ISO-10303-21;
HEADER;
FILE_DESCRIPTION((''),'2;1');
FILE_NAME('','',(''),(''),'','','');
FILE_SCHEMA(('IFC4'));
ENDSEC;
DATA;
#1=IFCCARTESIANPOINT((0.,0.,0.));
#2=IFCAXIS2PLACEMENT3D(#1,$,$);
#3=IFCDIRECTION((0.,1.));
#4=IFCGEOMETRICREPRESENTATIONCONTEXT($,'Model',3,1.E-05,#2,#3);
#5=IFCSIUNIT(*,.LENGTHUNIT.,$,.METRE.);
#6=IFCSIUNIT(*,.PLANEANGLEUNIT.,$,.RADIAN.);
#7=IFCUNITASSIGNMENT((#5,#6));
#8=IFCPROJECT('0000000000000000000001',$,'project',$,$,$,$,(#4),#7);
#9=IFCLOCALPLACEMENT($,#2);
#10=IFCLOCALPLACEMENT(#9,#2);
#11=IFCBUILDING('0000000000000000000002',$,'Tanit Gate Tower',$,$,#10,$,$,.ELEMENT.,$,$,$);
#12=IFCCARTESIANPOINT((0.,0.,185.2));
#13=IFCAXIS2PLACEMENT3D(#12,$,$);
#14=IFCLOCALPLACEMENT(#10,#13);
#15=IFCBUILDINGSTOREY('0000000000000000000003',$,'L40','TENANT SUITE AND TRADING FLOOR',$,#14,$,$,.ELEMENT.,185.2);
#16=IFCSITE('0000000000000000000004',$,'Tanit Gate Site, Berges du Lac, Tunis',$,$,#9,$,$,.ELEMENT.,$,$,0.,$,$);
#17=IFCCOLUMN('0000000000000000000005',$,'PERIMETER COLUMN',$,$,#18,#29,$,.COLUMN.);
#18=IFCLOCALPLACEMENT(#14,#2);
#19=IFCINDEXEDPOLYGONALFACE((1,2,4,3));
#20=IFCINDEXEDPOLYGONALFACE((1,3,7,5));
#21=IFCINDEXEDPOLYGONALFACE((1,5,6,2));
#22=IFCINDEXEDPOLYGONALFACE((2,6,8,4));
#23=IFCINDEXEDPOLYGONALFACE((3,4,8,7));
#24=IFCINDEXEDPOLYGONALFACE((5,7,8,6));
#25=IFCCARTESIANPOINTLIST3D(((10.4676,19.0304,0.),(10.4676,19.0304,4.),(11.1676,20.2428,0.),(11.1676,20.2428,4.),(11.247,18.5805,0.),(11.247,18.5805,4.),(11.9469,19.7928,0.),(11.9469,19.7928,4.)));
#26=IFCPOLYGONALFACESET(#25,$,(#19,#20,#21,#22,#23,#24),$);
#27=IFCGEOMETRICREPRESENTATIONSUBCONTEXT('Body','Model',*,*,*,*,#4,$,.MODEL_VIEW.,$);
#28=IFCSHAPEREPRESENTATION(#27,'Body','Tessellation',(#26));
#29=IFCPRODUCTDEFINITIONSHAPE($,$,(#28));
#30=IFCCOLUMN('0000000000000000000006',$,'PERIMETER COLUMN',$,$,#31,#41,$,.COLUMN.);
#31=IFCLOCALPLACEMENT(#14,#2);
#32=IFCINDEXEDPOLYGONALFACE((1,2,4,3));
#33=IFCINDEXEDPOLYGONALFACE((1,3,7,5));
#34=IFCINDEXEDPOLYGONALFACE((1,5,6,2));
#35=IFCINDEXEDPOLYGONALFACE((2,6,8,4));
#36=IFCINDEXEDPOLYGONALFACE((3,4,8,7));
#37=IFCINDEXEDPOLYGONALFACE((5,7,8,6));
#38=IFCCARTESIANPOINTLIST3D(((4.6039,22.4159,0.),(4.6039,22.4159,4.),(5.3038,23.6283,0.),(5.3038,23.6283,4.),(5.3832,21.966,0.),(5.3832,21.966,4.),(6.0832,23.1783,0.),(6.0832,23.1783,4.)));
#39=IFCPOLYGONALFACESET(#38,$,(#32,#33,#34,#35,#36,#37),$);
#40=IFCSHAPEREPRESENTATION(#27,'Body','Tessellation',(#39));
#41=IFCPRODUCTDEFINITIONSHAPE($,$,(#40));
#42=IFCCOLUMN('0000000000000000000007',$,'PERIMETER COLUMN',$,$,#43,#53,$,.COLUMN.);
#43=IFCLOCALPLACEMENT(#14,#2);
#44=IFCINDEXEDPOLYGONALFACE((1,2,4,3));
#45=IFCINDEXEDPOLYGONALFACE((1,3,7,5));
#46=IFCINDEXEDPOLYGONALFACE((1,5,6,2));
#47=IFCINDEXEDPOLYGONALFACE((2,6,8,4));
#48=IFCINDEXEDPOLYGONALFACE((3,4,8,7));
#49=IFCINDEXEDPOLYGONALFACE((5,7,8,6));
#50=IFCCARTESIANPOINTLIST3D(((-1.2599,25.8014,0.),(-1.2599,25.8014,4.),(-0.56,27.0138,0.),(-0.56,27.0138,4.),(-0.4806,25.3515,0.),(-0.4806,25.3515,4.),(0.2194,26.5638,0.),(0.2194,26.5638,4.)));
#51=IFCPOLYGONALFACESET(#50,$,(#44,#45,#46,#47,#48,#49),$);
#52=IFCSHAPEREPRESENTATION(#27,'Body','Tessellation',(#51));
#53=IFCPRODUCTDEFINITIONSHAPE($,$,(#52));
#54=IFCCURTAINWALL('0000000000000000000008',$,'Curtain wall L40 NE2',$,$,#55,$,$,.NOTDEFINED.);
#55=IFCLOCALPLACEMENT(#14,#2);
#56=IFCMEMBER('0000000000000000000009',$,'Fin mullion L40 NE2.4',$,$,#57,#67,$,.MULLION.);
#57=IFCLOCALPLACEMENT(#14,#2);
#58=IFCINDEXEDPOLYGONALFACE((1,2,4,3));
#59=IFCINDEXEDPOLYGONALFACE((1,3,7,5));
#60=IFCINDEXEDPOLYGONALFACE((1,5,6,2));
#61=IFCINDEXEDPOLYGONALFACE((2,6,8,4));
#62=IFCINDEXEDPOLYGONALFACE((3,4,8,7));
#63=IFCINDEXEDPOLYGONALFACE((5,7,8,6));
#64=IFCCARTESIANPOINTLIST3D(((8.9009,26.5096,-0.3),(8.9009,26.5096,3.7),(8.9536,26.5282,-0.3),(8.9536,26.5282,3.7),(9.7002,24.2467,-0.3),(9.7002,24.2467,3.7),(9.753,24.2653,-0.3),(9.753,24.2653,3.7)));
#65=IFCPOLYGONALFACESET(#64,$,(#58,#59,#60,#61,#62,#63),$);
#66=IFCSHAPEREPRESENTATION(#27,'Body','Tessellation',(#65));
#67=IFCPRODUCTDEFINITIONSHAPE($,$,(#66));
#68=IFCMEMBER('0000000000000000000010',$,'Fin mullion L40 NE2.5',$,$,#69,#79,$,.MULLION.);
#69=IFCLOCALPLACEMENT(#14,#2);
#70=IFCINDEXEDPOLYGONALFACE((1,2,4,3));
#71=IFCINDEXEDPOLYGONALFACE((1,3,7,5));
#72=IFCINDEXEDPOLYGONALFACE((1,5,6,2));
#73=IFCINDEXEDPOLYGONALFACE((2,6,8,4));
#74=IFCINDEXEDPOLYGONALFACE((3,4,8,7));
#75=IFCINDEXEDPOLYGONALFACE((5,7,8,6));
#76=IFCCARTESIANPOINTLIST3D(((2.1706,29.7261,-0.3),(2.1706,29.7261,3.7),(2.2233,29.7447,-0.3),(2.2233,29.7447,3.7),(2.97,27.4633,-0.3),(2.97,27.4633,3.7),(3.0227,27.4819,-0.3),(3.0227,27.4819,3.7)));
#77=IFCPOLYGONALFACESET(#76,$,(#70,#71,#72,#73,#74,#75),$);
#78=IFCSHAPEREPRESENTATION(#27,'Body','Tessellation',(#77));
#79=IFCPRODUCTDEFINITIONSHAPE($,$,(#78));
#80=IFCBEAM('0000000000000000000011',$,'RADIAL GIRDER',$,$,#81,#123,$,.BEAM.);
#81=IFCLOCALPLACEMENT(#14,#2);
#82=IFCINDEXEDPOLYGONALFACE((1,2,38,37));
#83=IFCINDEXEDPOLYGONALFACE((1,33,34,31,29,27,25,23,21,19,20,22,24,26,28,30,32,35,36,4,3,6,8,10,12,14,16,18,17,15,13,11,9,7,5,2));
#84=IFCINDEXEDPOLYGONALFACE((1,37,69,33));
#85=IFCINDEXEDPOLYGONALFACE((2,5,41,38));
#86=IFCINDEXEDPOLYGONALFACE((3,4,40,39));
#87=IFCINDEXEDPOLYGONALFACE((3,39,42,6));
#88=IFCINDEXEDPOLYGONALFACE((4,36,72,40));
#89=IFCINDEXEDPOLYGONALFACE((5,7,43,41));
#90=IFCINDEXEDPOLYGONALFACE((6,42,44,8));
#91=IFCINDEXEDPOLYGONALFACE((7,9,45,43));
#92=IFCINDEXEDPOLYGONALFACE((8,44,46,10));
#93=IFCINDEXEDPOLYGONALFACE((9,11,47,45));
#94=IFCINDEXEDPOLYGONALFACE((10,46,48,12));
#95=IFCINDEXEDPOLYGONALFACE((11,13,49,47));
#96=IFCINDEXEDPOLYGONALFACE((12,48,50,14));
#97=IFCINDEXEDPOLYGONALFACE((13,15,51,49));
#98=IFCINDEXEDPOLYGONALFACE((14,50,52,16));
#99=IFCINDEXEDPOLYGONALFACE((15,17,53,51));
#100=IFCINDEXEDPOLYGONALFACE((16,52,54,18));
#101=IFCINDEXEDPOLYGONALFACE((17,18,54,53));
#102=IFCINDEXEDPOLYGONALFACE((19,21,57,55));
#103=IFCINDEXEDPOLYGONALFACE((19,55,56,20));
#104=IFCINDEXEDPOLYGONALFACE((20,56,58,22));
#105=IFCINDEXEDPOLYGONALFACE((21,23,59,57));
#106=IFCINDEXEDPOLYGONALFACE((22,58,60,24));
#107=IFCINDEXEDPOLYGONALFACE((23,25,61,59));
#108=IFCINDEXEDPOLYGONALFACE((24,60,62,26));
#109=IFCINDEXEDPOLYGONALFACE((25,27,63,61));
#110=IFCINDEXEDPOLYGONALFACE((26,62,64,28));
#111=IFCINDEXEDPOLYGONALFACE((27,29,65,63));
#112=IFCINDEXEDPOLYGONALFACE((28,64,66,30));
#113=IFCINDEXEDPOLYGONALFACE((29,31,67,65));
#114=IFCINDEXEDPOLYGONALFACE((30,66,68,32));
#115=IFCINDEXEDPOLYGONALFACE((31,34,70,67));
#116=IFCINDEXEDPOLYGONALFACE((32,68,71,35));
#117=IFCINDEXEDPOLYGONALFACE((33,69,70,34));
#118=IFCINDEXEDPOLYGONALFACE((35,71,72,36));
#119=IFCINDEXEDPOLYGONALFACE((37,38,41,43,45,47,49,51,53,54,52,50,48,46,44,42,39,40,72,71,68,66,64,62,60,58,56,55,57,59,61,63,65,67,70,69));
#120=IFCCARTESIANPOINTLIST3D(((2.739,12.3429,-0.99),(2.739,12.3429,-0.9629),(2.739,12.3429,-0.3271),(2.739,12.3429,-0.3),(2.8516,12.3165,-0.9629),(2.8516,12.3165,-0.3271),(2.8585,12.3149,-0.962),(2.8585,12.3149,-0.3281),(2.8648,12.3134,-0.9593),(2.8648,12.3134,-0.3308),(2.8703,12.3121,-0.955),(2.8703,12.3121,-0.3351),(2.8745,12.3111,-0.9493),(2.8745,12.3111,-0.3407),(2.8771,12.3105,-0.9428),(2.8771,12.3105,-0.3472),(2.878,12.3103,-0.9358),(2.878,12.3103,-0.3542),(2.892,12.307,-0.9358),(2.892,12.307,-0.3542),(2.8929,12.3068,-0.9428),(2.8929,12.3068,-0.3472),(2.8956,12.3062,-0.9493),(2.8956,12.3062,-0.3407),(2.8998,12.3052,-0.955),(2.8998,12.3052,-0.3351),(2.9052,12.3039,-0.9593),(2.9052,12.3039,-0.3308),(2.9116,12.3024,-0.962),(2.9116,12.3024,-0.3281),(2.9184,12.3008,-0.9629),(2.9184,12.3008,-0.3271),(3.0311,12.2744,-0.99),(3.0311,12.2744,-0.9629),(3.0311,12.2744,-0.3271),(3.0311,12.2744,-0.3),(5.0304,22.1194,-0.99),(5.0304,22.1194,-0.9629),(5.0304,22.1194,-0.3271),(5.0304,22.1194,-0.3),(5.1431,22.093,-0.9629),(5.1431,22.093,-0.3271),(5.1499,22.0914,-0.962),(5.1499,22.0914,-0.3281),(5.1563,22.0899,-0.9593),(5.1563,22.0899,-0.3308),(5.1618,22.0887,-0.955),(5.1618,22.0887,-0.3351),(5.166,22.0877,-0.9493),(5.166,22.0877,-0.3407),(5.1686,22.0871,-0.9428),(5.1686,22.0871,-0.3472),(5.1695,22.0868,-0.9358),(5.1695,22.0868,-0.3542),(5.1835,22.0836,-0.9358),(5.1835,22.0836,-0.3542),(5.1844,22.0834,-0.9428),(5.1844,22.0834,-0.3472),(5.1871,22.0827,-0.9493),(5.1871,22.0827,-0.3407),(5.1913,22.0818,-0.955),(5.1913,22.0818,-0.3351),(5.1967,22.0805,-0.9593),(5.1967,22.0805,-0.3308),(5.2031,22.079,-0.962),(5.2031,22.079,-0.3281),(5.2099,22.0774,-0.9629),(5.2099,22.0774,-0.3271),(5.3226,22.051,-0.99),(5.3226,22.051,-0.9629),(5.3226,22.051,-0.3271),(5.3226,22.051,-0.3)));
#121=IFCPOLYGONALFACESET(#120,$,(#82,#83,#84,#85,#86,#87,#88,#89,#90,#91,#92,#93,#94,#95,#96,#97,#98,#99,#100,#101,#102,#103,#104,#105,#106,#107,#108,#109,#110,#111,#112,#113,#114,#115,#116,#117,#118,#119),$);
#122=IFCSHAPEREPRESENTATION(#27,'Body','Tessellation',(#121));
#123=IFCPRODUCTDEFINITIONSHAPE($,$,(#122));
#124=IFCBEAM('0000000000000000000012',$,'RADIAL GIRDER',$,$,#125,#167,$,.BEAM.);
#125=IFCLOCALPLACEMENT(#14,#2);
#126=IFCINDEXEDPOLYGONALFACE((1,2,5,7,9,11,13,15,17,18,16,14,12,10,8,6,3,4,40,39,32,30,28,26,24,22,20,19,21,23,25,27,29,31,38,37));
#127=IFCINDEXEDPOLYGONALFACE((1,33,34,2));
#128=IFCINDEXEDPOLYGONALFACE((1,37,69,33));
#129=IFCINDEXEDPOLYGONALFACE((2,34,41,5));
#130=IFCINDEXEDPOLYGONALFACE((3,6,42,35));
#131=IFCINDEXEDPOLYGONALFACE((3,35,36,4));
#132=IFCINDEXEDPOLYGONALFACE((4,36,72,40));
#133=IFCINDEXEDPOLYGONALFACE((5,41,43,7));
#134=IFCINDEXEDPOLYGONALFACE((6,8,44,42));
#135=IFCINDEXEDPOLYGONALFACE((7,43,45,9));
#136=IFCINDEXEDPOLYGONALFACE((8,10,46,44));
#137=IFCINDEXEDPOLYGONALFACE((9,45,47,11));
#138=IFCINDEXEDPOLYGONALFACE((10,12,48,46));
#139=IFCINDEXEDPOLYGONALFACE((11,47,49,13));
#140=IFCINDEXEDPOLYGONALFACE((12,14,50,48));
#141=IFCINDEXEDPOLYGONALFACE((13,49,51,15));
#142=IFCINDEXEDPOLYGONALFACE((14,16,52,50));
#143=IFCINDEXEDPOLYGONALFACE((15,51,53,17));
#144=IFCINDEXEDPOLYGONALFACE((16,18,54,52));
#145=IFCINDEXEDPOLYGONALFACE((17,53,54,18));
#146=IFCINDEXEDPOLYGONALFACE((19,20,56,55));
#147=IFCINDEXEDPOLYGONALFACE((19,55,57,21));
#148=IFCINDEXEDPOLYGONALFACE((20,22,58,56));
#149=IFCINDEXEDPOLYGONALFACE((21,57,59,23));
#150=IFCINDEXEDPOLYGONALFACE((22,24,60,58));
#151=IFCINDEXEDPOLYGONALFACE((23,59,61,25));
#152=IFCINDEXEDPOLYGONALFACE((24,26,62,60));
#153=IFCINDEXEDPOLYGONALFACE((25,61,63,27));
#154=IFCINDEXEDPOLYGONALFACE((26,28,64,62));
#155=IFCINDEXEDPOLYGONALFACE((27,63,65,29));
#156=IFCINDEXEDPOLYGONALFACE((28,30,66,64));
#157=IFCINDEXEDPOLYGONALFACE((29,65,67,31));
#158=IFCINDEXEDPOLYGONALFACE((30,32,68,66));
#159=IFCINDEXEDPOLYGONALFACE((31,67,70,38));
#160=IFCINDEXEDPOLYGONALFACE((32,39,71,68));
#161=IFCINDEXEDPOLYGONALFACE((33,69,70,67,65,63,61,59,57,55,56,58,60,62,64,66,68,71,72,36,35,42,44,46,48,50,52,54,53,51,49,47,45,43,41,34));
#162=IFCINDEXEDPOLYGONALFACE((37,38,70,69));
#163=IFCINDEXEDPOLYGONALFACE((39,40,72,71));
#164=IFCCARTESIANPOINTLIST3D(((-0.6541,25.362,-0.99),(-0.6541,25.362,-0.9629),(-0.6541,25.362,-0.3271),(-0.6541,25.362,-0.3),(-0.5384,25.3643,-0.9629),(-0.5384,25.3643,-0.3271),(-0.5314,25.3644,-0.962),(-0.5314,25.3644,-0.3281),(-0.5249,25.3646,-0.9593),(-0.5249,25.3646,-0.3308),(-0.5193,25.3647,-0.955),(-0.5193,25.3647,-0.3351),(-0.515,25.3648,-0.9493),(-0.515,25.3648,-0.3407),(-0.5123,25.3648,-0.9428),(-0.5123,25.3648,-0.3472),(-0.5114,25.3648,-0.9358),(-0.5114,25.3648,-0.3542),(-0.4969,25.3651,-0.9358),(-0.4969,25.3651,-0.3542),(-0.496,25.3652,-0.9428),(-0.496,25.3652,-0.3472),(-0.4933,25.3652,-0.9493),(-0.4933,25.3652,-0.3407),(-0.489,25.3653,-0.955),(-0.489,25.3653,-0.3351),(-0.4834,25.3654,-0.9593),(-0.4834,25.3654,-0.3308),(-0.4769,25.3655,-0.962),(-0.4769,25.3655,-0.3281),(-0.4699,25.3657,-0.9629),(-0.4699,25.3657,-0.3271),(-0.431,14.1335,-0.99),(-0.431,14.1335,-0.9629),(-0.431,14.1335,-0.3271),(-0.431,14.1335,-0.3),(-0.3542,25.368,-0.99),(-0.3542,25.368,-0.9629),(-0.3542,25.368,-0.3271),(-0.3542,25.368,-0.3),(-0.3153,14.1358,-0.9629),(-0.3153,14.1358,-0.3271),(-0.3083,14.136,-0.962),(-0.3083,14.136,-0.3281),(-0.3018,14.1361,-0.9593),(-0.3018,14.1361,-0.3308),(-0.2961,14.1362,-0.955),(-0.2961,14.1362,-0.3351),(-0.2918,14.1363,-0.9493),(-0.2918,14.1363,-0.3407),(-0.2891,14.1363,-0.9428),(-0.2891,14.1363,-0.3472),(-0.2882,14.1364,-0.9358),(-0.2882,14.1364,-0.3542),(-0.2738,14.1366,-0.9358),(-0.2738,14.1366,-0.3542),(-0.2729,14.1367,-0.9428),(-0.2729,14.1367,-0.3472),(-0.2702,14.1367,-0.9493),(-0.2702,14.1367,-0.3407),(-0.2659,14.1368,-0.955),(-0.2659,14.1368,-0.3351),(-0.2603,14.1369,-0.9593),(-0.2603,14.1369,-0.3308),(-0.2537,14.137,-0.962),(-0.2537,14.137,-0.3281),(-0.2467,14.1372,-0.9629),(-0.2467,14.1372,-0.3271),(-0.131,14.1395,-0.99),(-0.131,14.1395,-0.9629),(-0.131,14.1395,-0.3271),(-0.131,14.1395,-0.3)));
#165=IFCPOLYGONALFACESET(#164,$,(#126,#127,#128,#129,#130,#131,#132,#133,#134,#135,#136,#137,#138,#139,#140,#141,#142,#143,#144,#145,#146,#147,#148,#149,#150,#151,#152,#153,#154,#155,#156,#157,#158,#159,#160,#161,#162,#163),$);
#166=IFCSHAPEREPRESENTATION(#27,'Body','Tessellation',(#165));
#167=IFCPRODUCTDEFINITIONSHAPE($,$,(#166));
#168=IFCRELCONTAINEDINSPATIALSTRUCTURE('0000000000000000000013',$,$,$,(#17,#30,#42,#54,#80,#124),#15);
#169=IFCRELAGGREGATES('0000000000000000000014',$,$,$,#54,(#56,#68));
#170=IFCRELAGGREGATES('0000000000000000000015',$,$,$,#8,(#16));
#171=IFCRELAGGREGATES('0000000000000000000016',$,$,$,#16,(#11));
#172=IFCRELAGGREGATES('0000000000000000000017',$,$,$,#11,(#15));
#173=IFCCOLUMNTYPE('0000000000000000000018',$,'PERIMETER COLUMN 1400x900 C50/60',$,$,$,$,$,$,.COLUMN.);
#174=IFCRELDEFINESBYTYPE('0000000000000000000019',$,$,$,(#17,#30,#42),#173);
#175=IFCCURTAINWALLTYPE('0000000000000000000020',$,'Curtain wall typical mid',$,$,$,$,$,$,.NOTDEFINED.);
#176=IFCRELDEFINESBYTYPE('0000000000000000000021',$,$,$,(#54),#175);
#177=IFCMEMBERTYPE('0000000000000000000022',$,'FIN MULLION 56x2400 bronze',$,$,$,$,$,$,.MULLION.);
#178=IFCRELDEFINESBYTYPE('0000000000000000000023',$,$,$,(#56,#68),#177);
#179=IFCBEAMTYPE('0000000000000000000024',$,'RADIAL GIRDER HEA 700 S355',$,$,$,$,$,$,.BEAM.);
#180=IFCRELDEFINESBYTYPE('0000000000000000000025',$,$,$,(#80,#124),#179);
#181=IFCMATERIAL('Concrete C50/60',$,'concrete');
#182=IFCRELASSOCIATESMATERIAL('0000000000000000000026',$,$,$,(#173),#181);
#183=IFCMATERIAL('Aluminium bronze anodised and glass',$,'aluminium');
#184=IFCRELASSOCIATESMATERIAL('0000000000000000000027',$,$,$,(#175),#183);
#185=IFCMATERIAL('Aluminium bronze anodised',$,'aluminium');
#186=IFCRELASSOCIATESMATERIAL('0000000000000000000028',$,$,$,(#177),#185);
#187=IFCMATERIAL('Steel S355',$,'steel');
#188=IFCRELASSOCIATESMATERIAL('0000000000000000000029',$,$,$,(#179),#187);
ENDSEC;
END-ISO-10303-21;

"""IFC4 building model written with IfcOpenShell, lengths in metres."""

from ifc_helpers import new_model, si_unit, direction, frame, origin, origin_2d, place, context, subcontext, project, spatial, rectangle, i_section, extrude, material, material_profile, profile_set, type_object, element, aggregate, save


model = new_model("IFC4")

# Units and contexts
model_context = context("Model", 3, precision=1e-05, world=origin(), true_north=direction((0.0, 1.0)))
body_context = subcontext(model_context, "Body", "Model", "MODEL_VIEW")
ifc_project = project(units=[si_unit("LENGTHUNIT", "METRE"), si_unit("PLANEANGLEUNIT", "RADIAN")], contexts=[model_context])

# Site, building, storey
site_placement = place(None, origin())
site = spatial("IfcSite", under=ifc_project, at=site_placement, Name="Tanit Gate Site, Berges du Lac, Tunis", CompositionType="ELEMENT", RefElevation=0.0)
building_placement = place(site_placement, origin())
building = spatial("IfcBuilding", under=site, at=building_placement, Name="Tanit Gate Tower", CompositionType="ELEMENT")
storey_placement = place(building_placement, frame((0.0, 0.0, 185.2)))
storey = spatial("IfcBuildingStorey", under=building, at=storey_placement, Name="L40", Description="TENANT SUITE AND TRADING FLOOR", CompositionType="ELEMENT", Elevation=185.2)

# Columns
ifc_material_1 = material(Name="Concrete C50/60", Category="concrete")
ifc_material_profile_1 = material_profile(ifc_material_1, rectangle(XDim=1.3999, YDim=0.8999, at=origin_2d()), Name="RC 1400x900")
ifc_profile_set_1 = profile_set([ifc_material_profile_1], Name="Concrete C50/60")
column_type = type_object("IfcColumnType", Name="PERIMETER COLUMN 1400x900 C50/60", PredefinedType="COLUMN", material=ifc_profile_set_1)
for number, where, z_axis, x_axis, name in (
    (1, (11.2073, 19.4116, 0.0), (0.0, 0.0, 1.0), (0.5, 0.866025, 0.0), "PERIMETER COLUMN"),
    (2, (5.3435, 22.7971, 0.0), (0.0, 0.0, 1.0), (0.5, 0.866025, 0.0), "PERIMETER COLUMN"),
    (3, (-0.5203, 26.1826, 0.0), (0.0, 0.0, 1.0), (0.5, 0.866025, 0.0), "PERIMETER COLUMN"),
):
    element("IfcColumn", number, at=place(storey_placement, frame(where, z_axis=z_axis, x_axis=x_axis)), inside=storey, type_object=column_type, Name=name, PredefinedType="COLUMN", context=body_context, shape_type="SweptSolid", body=[
        extrude(rectangle(XDim=1.3999, YDim=0.8999, at=origin_2d()), origin(), (0.0, 0.0, 1.0), 4.0),
    ])

# Curtain wall, members
ifc_material_2 = material(Name="Aluminium bronze anodised and glass", Category="aluminium")
curtain_wall_type = type_object("IfcCurtainWallType", Name="Curtain wall typical mid", PredefinedType="NOTDEFINED", material=ifc_material_2)
curtain_wall_placement = place(storey_placement, origin())
curtain_wall = element("IfcCurtainWall", 4, at=curtain_wall_placement, inside=storey, type_object=curtain_wall_type, Name="Curtain wall L40 NE2", PredefinedType="NOTDEFINED")
ifc_material_3 = material(Name="Aluminium bronze anodised", Category="aluminium")
ifc_material_profile_2 = material_profile(ifc_material_3, rectangle(XDim=2.3999, YDim=0.0559, at=origin_2d()), Name="56x2400 bronze fin mullion")
ifc_profile_set_2 = profile_set([ifc_material_profile_2], Name="Aluminium bronze anodised")
member_type_1 = type_object("IfcMemberType", Name="FIN MULLION 56x2400 bronze", PredefinedType="MULLION", material=ifc_profile_set_2)
member_1_placement = place(storey_placement, frame((9.3269, 25.3875, -0.3), z_axis=(0.0, 0.0, 1.0), x_axis=(0.33309, -0.942895, 0.0)))
member_1 = element("IfcMember", 5, at=member_1_placement, type_object=member_type_1, Name="Fin mullion L40 NE2.4", PredefinedType="MULLION", context=body_context, shape_type="SweptSolid", body=[
    extrude(rectangle(XDim=2.3999, YDim=0.0559, at=origin_2d()), origin(), (0.0, 0.0, 1.0), 4.0),
])
member_2_placement = place(storey_placement, frame((2.5967, 28.604, -0.3), z_axis=(0.0, 0.0, 1.0), x_axis=(0.33309, -0.942895, 0.0)))
member_2 = element("IfcMember", 6, at=member_2_placement, type_object=member_type_1, Name="Fin mullion L40 NE2.5", PredefinedType="MULLION", context=body_context, shape_type="SweptSolid", body=[
    extrude(rectangle(XDim=2.3999, YDim=0.0559, at=origin_2d()), origin(), (0.0, 0.0, 1.0), 4.0),
])

# Beams
ifc_material_4 = material(Name="Steel S355", Category="steel")
ifc_material_profile_3 = material_profile(ifc_material_4, i_section(OverallWidth=0.3, OverallDepth=0.6899, WebThickness=0.0144, FlangeThickness=0.0271, FilletRadius=0.0271, at=origin_2d()), Name="HEA 700")
ifc_profile_set_3 = profile_set([ifc_material_profile_3], Name="Steel S355")
beam_type_1 = type_object("IfcBeamType", Name="RADIAL GIRDER HEA 700 S355", PredefinedType="BEAM", material=ifc_profile_set_3)
beam_1_placement = place(storey_placement, frame((5.1765, 22.0852, -0.645), z_axis=(-0.228202, -0.973614, 0.0), x_axis=(0.973614, -0.228202, 0.0)))
element("IfcBeam", 7, at=beam_1_placement, inside=storey, type_object=beam_type_1, Name="RADIAL GIRDER", PredefinedType="BEAM", context=body_context, shape_type="SweptSolid", body=[
    extrude(i_section(OverallWidth=0.3, OverallDepth=0.6899, WebThickness=0.0144, FlangeThickness=0.0271, FilletRadius=0.0271, at=origin_2d()), origin(), (0.0, 0.0, 1.0), 10.0415),
])
beam_2_placement = place(storey_placement, frame((-0.5042, 25.365, -0.645), z_axis=(0.019869, -0.999803, 0.0), x_axis=(0.999803, 0.019869, 0.0)))
element("IfcBeam", 8, at=beam_2_placement, inside=storey, type_object=beam_type_1, Name="RADIAL GIRDER", PredefinedType="BEAM", context=body_context, shape_type="SweptSolid", body=[
    extrude(i_section(OverallWidth=0.3, OverallDepth=0.6899, WebThickness=0.0144, FlangeThickness=0.0271, FilletRadius=0.0271, at=origin_2d()), origin(), (0.0, 0.0, 1.0), 11.2307),
])

aggregate(curtain_wall, [member_1, member_2])

save(model, "model.ifc")
